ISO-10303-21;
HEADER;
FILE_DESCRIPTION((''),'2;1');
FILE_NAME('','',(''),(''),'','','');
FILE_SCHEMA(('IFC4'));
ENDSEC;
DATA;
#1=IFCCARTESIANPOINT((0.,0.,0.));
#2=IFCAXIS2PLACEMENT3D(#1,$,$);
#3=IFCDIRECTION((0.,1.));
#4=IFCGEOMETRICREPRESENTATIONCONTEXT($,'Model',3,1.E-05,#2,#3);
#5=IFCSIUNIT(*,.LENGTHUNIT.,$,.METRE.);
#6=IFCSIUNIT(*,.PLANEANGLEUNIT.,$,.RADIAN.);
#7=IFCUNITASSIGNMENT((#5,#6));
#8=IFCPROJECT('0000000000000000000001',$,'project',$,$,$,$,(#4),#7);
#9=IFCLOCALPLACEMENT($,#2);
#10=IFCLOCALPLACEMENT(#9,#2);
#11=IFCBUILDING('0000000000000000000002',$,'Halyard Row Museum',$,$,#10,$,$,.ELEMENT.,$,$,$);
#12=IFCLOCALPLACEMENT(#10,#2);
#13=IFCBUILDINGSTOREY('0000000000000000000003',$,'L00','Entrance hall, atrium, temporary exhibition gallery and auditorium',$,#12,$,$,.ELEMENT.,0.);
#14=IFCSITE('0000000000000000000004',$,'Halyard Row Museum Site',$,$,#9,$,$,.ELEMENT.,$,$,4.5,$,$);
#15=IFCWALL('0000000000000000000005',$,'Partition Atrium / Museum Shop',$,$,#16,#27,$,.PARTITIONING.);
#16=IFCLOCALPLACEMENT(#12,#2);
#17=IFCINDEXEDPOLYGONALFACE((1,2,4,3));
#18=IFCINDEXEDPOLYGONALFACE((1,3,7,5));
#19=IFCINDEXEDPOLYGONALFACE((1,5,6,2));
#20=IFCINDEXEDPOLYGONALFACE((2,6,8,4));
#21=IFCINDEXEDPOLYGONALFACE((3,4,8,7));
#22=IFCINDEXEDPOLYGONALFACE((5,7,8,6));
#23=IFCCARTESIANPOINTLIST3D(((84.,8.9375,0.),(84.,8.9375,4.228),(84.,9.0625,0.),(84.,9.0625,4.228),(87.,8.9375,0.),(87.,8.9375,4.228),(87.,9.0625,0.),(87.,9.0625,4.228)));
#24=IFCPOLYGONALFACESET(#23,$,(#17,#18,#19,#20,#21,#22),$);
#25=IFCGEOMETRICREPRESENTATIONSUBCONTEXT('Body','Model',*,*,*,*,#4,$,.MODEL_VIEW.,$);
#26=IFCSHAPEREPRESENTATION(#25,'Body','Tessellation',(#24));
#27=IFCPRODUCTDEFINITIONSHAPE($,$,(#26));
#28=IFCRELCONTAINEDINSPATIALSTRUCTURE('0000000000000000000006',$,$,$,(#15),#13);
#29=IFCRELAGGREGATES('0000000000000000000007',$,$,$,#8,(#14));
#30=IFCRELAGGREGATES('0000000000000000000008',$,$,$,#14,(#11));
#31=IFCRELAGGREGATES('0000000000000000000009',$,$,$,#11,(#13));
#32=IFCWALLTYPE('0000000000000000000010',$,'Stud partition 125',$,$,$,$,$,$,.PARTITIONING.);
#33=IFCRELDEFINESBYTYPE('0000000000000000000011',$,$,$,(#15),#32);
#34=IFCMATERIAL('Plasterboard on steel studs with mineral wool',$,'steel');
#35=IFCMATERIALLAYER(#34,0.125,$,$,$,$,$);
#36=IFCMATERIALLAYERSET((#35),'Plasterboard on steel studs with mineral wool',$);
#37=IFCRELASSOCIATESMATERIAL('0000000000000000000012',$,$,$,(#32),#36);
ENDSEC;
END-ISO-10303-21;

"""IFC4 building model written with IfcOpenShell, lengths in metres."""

from ifc_helpers import new_model, si_unit, direction, frame, frame_2d, origin, place, context, subcontext, project, spatial, rectangle, extrude, material, layer, layer_set, type_object, element, save


model = new_model("IFC4")

# Units and contexts
model_context = context("Model", 3, precision=1e-05, world=origin(), true_north=direction((0.0, 1.0)))
body_context = subcontext(model_context, "Body", "Model", "MODEL_VIEW")
ifc_project = project(units=[si_unit("LENGTHUNIT", "METRE"), si_unit("PLANEANGLEUNIT", "RADIAN")], contexts=[model_context])

# Site, building, storey
site_placement = place(None, origin())
site = spatial("IfcSite", under=ifc_project, at=site_placement, Name="Halyard Row Museum Site", CompositionType="ELEMENT", RefElevation=4.5)
building_placement = place(site_placement, origin())
building = spatial("IfcBuilding", under=site, at=building_placement, Name="Halyard Row Museum", CompositionType="ELEMENT")
storey_placement = place(building_placement, origin())
storey = spatial("IfcBuildingStorey", under=building, at=storey_placement, Name="L00", Description="Entrance hall, atrium, temporary exhibition gallery and auditorium", CompositionType="ELEMENT", Elevation=0.0)

# Wall
ifc_material_1 = material(Name="Plasterboard on steel studs with mineral wool", Category="steel")
ifc_layer_1 = layer(ifc_material_1, 0.125)
ifc_layer_set_1 = layer_set([ifc_layer_1], Name="Plasterboard on steel studs with mineral wool")
wall_type = type_object("IfcWallType", Name="Stud partition 125", PredefinedType="PARTITIONING", material=ifc_layer_set_1)
wall_placement = place(storey_placement, frame((84.0, 9.0, 0.0), z_axis=(0.0, 0.0, 1.0), x_axis=(1.0, 0.0, 0.0)))
element("IfcWall", 1, at=wall_placement, inside=storey, type_object=wall_type, Name="Partition Atrium / Museum Shop", PredefinedType="PARTITIONING", context=body_context, shape_type="SweptSolid", body=[
    extrude(rectangle(XDim=3.0, YDim=0.125, at=frame_2d((1.5, 0.0))), origin(), (0.0, 0.0, 1.0), 4.228),
])

save(model, "model.ifc")
